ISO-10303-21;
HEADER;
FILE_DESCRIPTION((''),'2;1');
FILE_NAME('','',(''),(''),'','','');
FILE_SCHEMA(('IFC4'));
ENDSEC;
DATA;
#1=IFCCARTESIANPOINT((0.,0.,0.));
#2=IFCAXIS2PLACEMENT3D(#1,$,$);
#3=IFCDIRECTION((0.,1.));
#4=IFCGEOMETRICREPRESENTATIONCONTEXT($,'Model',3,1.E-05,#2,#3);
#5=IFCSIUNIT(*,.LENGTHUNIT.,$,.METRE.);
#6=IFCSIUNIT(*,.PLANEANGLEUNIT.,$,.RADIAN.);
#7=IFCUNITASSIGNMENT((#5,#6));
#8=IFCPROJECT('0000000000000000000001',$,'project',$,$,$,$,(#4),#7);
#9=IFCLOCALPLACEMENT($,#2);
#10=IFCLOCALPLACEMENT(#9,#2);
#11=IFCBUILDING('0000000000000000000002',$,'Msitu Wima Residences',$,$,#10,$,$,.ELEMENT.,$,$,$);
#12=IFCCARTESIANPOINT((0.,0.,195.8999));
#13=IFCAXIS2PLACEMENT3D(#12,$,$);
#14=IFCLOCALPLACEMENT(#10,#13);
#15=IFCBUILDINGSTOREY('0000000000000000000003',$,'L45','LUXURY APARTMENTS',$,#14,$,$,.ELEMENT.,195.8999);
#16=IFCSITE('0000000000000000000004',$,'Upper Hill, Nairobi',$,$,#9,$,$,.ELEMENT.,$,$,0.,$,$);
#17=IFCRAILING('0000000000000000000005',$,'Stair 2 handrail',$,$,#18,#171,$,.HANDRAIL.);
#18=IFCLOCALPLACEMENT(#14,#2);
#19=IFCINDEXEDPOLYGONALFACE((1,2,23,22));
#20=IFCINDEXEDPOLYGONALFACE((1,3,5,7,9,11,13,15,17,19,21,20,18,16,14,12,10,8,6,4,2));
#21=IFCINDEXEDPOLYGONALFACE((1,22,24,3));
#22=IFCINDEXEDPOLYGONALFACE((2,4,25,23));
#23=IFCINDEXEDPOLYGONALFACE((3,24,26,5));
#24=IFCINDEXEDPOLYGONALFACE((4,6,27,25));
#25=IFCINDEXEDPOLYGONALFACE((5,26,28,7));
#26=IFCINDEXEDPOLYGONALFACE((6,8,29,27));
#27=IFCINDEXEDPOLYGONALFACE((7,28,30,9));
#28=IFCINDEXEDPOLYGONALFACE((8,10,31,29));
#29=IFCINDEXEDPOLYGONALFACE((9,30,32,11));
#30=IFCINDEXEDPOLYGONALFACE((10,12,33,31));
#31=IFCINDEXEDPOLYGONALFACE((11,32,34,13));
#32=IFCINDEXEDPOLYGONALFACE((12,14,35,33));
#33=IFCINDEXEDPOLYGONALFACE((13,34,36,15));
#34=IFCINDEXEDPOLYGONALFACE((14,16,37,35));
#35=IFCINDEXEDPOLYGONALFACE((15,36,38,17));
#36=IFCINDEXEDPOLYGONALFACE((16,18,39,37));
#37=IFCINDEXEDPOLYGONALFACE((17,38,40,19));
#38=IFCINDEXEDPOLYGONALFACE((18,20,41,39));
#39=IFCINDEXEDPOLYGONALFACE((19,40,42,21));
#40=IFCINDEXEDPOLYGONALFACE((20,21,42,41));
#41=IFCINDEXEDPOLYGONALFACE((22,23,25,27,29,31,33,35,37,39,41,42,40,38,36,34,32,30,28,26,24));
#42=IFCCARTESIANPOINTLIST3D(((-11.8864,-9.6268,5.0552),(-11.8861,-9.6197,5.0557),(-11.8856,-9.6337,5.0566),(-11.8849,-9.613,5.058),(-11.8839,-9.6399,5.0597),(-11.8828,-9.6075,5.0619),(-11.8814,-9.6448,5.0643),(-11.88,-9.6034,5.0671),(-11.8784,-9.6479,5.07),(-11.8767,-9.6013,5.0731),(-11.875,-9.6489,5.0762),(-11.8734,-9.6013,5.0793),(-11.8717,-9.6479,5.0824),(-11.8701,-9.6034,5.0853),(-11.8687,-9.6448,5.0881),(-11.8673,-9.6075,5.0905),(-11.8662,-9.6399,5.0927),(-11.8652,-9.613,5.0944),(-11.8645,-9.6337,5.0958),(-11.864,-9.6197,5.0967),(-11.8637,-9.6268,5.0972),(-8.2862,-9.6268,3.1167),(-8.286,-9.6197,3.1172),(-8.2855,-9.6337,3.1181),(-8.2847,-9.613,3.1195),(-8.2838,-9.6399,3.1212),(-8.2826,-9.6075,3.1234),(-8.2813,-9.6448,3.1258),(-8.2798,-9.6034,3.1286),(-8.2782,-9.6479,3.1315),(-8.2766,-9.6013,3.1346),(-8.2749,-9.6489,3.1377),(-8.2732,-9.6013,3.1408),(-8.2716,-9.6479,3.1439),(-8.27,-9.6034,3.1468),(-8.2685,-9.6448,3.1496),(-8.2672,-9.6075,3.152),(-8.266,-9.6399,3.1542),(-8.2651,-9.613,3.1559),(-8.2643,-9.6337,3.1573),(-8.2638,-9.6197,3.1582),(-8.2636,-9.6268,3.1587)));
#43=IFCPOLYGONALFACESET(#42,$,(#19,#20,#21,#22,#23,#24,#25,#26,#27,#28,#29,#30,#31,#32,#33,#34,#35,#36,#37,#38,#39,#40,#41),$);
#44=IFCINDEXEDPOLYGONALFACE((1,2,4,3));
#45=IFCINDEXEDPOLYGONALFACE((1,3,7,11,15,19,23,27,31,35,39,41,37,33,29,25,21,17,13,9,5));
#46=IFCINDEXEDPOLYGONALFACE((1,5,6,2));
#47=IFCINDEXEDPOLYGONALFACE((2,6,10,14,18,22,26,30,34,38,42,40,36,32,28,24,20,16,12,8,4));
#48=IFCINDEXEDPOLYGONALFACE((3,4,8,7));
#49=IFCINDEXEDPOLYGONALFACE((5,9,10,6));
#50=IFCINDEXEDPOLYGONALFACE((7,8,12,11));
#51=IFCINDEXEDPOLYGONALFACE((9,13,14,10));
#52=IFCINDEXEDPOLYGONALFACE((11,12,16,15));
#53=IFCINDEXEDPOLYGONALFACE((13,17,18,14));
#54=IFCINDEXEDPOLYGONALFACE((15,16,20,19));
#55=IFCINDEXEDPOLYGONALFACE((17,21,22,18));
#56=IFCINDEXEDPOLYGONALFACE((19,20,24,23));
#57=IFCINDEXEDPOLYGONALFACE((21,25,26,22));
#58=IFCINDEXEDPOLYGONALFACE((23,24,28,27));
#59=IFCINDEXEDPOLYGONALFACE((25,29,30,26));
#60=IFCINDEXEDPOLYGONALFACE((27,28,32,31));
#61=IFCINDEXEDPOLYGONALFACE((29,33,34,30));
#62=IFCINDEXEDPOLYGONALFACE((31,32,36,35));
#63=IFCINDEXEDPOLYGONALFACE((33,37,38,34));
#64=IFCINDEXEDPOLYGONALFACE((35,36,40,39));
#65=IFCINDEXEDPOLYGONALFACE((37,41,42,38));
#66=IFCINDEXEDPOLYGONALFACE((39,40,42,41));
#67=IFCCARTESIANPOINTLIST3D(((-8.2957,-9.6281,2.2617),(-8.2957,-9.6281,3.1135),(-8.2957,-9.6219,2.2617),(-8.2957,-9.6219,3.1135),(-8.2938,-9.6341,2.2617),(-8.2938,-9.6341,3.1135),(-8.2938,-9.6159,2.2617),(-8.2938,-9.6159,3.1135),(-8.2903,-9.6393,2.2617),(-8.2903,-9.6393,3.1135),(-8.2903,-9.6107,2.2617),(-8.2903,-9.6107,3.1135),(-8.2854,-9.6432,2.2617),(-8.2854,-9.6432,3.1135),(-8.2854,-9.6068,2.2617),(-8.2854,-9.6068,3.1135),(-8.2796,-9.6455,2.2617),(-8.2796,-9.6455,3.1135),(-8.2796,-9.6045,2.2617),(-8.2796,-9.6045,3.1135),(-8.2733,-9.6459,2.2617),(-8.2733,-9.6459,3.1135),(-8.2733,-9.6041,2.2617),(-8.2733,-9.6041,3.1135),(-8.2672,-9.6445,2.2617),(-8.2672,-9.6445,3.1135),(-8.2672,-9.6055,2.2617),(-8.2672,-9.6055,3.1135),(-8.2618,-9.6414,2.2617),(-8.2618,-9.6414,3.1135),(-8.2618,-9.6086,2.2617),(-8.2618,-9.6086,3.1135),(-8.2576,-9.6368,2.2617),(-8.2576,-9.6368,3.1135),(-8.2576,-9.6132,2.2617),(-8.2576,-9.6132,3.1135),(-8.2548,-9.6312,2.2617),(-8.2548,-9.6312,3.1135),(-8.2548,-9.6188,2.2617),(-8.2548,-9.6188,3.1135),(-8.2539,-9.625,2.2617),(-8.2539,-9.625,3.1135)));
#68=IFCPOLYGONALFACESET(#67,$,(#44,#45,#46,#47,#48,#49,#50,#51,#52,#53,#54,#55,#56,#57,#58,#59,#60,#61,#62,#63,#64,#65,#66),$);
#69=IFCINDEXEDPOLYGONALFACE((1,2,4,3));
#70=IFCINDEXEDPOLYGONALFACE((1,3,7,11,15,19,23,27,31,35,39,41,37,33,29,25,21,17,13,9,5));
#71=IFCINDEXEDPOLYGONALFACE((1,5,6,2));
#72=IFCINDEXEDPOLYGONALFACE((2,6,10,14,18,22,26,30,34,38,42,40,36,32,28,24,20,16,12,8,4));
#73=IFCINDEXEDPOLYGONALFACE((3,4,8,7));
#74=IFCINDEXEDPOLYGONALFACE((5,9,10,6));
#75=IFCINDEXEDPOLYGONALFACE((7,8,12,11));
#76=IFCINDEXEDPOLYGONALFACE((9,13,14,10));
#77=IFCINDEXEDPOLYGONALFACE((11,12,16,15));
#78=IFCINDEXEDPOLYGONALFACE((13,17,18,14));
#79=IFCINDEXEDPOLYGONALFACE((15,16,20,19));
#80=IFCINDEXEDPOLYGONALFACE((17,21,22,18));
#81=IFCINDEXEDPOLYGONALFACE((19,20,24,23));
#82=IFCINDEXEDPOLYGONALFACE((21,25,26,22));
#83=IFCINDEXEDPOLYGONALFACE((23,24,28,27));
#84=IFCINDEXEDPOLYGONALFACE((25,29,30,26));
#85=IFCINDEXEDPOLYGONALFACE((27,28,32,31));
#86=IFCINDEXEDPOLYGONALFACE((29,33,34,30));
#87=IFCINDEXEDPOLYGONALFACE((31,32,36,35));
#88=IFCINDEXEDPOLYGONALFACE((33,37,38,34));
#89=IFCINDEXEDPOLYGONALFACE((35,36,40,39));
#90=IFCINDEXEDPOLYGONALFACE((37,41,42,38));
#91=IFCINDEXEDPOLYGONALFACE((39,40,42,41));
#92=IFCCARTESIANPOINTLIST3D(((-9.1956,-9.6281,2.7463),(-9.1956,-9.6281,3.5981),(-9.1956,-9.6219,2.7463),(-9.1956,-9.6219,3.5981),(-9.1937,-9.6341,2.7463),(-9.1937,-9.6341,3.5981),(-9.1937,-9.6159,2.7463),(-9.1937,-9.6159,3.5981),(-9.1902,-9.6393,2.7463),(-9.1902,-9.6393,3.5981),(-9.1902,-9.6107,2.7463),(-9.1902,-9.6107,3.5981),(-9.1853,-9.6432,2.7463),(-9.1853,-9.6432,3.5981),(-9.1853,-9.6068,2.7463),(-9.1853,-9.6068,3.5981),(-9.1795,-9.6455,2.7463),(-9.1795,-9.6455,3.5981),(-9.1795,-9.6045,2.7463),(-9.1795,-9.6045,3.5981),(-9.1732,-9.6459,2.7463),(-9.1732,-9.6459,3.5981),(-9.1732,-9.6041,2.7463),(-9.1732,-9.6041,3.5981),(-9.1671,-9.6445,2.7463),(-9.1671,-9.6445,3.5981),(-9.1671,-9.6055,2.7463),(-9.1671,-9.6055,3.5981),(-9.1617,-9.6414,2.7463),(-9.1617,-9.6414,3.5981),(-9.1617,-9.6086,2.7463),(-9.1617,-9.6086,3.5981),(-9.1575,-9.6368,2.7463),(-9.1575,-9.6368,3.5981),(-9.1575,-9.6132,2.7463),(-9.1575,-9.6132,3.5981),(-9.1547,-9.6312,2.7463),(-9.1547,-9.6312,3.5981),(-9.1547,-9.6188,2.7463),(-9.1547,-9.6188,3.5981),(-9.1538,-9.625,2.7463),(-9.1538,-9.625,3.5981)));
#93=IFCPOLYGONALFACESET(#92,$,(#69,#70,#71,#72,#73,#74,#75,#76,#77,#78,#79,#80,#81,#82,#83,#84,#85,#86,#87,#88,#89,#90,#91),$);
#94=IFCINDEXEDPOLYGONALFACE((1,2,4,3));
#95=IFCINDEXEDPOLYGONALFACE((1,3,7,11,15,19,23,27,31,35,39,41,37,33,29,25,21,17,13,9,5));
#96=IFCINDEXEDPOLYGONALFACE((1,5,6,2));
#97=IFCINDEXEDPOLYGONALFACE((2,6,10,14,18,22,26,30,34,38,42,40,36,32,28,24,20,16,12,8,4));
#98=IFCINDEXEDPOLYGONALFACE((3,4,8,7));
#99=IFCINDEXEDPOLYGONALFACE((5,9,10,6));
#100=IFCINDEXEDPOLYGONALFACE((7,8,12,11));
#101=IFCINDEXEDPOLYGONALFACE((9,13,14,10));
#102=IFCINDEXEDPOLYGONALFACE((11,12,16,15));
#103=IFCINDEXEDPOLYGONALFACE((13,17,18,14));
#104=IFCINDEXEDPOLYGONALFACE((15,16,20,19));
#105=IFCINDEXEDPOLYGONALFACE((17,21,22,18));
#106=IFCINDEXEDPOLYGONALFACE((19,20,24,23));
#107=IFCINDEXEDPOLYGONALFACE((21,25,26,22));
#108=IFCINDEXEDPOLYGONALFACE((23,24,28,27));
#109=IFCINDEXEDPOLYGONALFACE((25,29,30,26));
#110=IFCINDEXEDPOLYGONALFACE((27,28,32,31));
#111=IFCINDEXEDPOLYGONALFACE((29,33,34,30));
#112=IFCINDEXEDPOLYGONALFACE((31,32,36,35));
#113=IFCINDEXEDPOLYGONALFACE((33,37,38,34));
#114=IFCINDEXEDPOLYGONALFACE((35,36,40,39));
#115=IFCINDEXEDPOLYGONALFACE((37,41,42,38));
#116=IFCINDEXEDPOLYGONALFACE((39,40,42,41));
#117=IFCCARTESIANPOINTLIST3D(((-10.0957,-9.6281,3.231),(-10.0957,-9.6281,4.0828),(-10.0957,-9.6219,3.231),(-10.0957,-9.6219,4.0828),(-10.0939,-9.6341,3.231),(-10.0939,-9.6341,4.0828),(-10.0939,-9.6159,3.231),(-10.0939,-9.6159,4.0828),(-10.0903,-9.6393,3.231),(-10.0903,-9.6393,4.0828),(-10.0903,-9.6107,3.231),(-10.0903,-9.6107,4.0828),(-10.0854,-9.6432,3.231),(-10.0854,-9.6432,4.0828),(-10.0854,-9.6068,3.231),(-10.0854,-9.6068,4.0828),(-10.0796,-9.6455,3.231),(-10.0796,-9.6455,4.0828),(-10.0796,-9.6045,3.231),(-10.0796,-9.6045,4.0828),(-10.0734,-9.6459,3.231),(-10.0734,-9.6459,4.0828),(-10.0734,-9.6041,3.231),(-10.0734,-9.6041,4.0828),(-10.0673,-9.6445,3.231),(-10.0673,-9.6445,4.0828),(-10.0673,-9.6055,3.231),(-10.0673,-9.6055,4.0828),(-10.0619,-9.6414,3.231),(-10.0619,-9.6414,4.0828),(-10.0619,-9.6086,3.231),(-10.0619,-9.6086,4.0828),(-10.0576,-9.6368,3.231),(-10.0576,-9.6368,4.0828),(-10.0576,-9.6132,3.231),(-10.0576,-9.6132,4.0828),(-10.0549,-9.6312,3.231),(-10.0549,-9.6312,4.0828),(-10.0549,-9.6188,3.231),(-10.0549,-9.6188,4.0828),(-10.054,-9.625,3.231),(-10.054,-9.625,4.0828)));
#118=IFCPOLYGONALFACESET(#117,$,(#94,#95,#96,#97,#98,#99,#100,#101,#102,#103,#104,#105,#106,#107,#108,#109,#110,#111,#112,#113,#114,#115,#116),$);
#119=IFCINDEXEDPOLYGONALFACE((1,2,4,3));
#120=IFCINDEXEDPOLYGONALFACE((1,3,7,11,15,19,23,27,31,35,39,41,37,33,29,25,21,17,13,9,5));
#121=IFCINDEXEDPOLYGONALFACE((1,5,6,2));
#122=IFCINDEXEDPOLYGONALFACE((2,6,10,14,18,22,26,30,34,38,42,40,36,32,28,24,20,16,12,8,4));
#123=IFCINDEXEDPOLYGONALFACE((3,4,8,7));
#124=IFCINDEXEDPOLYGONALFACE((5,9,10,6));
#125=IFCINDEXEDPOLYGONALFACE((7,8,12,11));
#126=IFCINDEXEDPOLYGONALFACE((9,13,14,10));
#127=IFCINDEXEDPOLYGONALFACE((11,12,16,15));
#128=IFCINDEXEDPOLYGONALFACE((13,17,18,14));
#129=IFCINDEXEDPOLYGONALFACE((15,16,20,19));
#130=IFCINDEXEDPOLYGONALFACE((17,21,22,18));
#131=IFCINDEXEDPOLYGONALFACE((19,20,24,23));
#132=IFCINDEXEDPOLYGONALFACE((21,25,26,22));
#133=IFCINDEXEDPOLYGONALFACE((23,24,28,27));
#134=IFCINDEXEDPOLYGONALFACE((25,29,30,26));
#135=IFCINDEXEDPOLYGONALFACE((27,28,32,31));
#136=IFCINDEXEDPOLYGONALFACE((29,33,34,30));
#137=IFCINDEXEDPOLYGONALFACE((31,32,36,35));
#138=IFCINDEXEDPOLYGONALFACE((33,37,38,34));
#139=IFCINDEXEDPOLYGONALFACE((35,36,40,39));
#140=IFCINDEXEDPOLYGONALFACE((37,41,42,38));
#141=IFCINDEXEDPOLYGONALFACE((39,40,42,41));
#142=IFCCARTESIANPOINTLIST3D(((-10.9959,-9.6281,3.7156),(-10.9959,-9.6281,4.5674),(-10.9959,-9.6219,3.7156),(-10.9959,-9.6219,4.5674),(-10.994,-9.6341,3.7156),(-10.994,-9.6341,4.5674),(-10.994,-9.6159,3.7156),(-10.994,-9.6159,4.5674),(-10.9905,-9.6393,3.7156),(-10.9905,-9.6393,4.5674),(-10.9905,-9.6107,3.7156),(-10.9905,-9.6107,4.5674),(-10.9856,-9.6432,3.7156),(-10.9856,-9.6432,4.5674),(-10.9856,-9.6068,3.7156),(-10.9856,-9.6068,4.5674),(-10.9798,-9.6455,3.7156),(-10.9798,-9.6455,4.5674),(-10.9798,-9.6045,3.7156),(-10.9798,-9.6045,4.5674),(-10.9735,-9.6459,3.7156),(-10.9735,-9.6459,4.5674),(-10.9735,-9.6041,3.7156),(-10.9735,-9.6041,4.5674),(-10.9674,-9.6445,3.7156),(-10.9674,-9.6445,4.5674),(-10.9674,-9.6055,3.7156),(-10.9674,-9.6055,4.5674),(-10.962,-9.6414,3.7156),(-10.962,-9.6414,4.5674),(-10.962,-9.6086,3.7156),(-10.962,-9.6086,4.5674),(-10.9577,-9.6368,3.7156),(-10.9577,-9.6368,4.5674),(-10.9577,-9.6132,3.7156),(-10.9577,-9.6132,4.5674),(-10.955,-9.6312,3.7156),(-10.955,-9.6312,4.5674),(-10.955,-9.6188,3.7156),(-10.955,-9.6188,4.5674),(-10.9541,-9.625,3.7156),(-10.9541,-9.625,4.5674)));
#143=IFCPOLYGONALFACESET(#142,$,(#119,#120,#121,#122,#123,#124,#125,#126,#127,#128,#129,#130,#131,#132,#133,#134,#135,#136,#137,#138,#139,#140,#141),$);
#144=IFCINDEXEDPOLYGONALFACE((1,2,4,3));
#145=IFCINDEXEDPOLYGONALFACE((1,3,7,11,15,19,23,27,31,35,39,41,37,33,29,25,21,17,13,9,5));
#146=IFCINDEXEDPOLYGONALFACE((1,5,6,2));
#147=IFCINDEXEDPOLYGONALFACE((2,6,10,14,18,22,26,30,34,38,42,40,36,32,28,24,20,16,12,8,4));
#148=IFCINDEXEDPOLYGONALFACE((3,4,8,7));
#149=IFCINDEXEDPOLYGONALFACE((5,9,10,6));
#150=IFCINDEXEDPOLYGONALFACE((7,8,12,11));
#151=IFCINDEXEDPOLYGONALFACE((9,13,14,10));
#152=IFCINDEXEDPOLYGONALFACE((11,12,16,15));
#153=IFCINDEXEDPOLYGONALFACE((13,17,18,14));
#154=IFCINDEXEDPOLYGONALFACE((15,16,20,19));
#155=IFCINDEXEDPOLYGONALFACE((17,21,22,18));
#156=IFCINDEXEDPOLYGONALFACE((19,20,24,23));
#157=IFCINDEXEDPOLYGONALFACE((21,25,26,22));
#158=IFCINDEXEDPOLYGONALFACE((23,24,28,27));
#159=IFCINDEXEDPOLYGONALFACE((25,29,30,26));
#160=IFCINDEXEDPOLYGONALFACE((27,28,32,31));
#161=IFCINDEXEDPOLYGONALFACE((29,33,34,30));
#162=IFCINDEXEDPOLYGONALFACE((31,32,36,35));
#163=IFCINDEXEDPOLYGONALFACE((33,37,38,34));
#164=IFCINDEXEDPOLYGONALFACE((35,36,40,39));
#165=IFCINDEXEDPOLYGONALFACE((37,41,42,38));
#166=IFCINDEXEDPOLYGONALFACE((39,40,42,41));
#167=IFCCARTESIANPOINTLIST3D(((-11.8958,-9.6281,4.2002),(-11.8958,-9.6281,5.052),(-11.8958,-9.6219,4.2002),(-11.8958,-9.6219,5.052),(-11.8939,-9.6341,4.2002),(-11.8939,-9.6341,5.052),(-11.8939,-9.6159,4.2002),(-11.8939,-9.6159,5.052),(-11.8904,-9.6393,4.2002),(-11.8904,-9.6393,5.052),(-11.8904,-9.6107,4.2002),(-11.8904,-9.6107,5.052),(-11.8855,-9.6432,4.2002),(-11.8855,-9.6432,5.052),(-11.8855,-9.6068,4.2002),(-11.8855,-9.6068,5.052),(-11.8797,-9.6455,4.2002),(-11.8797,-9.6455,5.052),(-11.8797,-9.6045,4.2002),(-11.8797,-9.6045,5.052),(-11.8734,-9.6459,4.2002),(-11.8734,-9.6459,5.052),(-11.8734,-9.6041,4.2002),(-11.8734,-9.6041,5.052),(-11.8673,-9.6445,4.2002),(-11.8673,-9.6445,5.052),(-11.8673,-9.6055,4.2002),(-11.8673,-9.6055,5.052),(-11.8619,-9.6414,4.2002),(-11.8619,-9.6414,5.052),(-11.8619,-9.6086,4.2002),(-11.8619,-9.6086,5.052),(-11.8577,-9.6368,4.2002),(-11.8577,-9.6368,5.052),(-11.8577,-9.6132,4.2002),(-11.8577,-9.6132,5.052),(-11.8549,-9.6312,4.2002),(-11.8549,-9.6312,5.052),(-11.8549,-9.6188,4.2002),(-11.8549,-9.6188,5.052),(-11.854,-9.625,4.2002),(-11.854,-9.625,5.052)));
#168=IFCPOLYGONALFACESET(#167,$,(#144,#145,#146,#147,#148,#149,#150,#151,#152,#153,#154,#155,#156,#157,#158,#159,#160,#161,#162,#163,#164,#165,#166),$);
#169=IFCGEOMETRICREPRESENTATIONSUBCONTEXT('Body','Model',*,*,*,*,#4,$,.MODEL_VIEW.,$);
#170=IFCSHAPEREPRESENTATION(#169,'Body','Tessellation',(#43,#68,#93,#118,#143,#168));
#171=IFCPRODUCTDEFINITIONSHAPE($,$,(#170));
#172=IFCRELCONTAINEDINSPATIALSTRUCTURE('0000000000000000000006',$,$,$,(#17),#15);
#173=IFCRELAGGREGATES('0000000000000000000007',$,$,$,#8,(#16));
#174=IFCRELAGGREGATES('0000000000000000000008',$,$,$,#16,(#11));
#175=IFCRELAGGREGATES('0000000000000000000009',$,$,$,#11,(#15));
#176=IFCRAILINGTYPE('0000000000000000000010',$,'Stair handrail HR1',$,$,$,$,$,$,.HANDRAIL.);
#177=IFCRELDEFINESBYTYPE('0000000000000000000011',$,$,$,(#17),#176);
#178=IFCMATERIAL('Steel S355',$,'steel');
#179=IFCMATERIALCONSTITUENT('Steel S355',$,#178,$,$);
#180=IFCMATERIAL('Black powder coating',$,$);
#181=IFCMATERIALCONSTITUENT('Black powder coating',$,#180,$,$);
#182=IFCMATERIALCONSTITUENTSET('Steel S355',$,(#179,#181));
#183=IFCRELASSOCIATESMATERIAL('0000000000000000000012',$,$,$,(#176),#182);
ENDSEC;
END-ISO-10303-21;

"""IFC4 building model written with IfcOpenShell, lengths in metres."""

from ifc_helpers import new_model, si_unit, direction, frame, origin, origin_2d, place, context, subcontext, project, spatial, circle, extrude, material, constituent, constituent_set, type_object, element, save


model = new_model("IFC4")

# Units and contexts
model_context = context("Model", 3, precision=1e-05, world=origin(), true_north=direction((0.0, 1.0)))
body_context = subcontext(model_context, "Body", "Model", "MODEL_VIEW")
ifc_project = project(units=[si_unit("LENGTHUNIT", "METRE"), si_unit("PLANEANGLEUNIT", "RADIAN")], contexts=[model_context])

# Site, building, storey
site_placement = place(None, origin())
site = spatial("IfcSite", under=ifc_project, at=site_placement, Name="Upper Hill, Nairobi", CompositionType="ELEMENT", RefElevation=0.0)
building_placement = place(site_placement, origin())
building = spatial("IfcBuilding", under=site, at=building_placement, Name="Msitu Wima Residences", CompositionType="ELEMENT")
storey_placement = place(building_placement, frame((0.0, 0.0, 195.8999)))
storey = spatial("IfcBuildingStorey", under=building, at=storey_placement, Name="L45", Description="LUXURY APARTMENTS", CompositionType="ELEMENT", Elevation=195.8999)

# Railing
ifc_material_1 = material(Name="Steel S355", Category="steel")
ifc_constituent_1 = constituent(ifc_material_1, Name="Steel S355")
ifc_material_2 = material(Name="Black powder coating")
ifc_constituent_2 = constituent(ifc_material_2, Name="Black powder coating")
ifc_constituent_set = constituent_set(constituents=[ifc_constituent_1, ifc_constituent_2], Name="Steel S355")
railing_type = type_object("IfcRailingType", Name="Stair handrail HR1", PredefinedType="HANDRAIL", material=ifc_constituent_set)
for number, where, name in (
    (1, (-8.2749, -9.625, 2.2617), "Stair 2 handrail"),
):
    element("IfcRailing", number, at=place(storey_placement, frame(where)), inside=storey, type_object=railing_type, Name=name, PredefinedType="HANDRAIL", context=body_context, shape_type="SweptSolid", body=[
        extrude(circle(Radius=0.0239, at=origin_2d()), frame((0.0, 0.0, 0.876), z_axis=(-0.880475, 0.0, 0.474093), x_axis=(0.0, -1.0, 0.0)), (0.0, 0.0, 1.0), 4.0889),
        extrude(circle(Radius=0.021, at=origin_2d()), origin(), (0.0, 0.0, 1.0), 0.8518),
        extrude(circle(Radius=0.021, at=origin_2d()), frame((-0.8999, 0.0, 0.4846)), (0.0, 0.0, 1.0), 0.8518),
        extrude(circle(Radius=0.021, at=origin_2d()), frame((-1.8, 0.0, 0.9692)), (0.0, 0.0, 1.0), 0.8518),
        extrude(circle(Radius=0.021, at=origin_2d()), frame((-2.7002, 0.0, 1.4539)), (0.0, 0.0, 1.0), 0.8518),
        extrude(circle(Radius=0.021, at=origin_2d()), frame((-3.6001, 0.0, 1.9385)), (0.0, 0.0, 1.0), 0.8518),
    ])

save(model, "model.ifc")
